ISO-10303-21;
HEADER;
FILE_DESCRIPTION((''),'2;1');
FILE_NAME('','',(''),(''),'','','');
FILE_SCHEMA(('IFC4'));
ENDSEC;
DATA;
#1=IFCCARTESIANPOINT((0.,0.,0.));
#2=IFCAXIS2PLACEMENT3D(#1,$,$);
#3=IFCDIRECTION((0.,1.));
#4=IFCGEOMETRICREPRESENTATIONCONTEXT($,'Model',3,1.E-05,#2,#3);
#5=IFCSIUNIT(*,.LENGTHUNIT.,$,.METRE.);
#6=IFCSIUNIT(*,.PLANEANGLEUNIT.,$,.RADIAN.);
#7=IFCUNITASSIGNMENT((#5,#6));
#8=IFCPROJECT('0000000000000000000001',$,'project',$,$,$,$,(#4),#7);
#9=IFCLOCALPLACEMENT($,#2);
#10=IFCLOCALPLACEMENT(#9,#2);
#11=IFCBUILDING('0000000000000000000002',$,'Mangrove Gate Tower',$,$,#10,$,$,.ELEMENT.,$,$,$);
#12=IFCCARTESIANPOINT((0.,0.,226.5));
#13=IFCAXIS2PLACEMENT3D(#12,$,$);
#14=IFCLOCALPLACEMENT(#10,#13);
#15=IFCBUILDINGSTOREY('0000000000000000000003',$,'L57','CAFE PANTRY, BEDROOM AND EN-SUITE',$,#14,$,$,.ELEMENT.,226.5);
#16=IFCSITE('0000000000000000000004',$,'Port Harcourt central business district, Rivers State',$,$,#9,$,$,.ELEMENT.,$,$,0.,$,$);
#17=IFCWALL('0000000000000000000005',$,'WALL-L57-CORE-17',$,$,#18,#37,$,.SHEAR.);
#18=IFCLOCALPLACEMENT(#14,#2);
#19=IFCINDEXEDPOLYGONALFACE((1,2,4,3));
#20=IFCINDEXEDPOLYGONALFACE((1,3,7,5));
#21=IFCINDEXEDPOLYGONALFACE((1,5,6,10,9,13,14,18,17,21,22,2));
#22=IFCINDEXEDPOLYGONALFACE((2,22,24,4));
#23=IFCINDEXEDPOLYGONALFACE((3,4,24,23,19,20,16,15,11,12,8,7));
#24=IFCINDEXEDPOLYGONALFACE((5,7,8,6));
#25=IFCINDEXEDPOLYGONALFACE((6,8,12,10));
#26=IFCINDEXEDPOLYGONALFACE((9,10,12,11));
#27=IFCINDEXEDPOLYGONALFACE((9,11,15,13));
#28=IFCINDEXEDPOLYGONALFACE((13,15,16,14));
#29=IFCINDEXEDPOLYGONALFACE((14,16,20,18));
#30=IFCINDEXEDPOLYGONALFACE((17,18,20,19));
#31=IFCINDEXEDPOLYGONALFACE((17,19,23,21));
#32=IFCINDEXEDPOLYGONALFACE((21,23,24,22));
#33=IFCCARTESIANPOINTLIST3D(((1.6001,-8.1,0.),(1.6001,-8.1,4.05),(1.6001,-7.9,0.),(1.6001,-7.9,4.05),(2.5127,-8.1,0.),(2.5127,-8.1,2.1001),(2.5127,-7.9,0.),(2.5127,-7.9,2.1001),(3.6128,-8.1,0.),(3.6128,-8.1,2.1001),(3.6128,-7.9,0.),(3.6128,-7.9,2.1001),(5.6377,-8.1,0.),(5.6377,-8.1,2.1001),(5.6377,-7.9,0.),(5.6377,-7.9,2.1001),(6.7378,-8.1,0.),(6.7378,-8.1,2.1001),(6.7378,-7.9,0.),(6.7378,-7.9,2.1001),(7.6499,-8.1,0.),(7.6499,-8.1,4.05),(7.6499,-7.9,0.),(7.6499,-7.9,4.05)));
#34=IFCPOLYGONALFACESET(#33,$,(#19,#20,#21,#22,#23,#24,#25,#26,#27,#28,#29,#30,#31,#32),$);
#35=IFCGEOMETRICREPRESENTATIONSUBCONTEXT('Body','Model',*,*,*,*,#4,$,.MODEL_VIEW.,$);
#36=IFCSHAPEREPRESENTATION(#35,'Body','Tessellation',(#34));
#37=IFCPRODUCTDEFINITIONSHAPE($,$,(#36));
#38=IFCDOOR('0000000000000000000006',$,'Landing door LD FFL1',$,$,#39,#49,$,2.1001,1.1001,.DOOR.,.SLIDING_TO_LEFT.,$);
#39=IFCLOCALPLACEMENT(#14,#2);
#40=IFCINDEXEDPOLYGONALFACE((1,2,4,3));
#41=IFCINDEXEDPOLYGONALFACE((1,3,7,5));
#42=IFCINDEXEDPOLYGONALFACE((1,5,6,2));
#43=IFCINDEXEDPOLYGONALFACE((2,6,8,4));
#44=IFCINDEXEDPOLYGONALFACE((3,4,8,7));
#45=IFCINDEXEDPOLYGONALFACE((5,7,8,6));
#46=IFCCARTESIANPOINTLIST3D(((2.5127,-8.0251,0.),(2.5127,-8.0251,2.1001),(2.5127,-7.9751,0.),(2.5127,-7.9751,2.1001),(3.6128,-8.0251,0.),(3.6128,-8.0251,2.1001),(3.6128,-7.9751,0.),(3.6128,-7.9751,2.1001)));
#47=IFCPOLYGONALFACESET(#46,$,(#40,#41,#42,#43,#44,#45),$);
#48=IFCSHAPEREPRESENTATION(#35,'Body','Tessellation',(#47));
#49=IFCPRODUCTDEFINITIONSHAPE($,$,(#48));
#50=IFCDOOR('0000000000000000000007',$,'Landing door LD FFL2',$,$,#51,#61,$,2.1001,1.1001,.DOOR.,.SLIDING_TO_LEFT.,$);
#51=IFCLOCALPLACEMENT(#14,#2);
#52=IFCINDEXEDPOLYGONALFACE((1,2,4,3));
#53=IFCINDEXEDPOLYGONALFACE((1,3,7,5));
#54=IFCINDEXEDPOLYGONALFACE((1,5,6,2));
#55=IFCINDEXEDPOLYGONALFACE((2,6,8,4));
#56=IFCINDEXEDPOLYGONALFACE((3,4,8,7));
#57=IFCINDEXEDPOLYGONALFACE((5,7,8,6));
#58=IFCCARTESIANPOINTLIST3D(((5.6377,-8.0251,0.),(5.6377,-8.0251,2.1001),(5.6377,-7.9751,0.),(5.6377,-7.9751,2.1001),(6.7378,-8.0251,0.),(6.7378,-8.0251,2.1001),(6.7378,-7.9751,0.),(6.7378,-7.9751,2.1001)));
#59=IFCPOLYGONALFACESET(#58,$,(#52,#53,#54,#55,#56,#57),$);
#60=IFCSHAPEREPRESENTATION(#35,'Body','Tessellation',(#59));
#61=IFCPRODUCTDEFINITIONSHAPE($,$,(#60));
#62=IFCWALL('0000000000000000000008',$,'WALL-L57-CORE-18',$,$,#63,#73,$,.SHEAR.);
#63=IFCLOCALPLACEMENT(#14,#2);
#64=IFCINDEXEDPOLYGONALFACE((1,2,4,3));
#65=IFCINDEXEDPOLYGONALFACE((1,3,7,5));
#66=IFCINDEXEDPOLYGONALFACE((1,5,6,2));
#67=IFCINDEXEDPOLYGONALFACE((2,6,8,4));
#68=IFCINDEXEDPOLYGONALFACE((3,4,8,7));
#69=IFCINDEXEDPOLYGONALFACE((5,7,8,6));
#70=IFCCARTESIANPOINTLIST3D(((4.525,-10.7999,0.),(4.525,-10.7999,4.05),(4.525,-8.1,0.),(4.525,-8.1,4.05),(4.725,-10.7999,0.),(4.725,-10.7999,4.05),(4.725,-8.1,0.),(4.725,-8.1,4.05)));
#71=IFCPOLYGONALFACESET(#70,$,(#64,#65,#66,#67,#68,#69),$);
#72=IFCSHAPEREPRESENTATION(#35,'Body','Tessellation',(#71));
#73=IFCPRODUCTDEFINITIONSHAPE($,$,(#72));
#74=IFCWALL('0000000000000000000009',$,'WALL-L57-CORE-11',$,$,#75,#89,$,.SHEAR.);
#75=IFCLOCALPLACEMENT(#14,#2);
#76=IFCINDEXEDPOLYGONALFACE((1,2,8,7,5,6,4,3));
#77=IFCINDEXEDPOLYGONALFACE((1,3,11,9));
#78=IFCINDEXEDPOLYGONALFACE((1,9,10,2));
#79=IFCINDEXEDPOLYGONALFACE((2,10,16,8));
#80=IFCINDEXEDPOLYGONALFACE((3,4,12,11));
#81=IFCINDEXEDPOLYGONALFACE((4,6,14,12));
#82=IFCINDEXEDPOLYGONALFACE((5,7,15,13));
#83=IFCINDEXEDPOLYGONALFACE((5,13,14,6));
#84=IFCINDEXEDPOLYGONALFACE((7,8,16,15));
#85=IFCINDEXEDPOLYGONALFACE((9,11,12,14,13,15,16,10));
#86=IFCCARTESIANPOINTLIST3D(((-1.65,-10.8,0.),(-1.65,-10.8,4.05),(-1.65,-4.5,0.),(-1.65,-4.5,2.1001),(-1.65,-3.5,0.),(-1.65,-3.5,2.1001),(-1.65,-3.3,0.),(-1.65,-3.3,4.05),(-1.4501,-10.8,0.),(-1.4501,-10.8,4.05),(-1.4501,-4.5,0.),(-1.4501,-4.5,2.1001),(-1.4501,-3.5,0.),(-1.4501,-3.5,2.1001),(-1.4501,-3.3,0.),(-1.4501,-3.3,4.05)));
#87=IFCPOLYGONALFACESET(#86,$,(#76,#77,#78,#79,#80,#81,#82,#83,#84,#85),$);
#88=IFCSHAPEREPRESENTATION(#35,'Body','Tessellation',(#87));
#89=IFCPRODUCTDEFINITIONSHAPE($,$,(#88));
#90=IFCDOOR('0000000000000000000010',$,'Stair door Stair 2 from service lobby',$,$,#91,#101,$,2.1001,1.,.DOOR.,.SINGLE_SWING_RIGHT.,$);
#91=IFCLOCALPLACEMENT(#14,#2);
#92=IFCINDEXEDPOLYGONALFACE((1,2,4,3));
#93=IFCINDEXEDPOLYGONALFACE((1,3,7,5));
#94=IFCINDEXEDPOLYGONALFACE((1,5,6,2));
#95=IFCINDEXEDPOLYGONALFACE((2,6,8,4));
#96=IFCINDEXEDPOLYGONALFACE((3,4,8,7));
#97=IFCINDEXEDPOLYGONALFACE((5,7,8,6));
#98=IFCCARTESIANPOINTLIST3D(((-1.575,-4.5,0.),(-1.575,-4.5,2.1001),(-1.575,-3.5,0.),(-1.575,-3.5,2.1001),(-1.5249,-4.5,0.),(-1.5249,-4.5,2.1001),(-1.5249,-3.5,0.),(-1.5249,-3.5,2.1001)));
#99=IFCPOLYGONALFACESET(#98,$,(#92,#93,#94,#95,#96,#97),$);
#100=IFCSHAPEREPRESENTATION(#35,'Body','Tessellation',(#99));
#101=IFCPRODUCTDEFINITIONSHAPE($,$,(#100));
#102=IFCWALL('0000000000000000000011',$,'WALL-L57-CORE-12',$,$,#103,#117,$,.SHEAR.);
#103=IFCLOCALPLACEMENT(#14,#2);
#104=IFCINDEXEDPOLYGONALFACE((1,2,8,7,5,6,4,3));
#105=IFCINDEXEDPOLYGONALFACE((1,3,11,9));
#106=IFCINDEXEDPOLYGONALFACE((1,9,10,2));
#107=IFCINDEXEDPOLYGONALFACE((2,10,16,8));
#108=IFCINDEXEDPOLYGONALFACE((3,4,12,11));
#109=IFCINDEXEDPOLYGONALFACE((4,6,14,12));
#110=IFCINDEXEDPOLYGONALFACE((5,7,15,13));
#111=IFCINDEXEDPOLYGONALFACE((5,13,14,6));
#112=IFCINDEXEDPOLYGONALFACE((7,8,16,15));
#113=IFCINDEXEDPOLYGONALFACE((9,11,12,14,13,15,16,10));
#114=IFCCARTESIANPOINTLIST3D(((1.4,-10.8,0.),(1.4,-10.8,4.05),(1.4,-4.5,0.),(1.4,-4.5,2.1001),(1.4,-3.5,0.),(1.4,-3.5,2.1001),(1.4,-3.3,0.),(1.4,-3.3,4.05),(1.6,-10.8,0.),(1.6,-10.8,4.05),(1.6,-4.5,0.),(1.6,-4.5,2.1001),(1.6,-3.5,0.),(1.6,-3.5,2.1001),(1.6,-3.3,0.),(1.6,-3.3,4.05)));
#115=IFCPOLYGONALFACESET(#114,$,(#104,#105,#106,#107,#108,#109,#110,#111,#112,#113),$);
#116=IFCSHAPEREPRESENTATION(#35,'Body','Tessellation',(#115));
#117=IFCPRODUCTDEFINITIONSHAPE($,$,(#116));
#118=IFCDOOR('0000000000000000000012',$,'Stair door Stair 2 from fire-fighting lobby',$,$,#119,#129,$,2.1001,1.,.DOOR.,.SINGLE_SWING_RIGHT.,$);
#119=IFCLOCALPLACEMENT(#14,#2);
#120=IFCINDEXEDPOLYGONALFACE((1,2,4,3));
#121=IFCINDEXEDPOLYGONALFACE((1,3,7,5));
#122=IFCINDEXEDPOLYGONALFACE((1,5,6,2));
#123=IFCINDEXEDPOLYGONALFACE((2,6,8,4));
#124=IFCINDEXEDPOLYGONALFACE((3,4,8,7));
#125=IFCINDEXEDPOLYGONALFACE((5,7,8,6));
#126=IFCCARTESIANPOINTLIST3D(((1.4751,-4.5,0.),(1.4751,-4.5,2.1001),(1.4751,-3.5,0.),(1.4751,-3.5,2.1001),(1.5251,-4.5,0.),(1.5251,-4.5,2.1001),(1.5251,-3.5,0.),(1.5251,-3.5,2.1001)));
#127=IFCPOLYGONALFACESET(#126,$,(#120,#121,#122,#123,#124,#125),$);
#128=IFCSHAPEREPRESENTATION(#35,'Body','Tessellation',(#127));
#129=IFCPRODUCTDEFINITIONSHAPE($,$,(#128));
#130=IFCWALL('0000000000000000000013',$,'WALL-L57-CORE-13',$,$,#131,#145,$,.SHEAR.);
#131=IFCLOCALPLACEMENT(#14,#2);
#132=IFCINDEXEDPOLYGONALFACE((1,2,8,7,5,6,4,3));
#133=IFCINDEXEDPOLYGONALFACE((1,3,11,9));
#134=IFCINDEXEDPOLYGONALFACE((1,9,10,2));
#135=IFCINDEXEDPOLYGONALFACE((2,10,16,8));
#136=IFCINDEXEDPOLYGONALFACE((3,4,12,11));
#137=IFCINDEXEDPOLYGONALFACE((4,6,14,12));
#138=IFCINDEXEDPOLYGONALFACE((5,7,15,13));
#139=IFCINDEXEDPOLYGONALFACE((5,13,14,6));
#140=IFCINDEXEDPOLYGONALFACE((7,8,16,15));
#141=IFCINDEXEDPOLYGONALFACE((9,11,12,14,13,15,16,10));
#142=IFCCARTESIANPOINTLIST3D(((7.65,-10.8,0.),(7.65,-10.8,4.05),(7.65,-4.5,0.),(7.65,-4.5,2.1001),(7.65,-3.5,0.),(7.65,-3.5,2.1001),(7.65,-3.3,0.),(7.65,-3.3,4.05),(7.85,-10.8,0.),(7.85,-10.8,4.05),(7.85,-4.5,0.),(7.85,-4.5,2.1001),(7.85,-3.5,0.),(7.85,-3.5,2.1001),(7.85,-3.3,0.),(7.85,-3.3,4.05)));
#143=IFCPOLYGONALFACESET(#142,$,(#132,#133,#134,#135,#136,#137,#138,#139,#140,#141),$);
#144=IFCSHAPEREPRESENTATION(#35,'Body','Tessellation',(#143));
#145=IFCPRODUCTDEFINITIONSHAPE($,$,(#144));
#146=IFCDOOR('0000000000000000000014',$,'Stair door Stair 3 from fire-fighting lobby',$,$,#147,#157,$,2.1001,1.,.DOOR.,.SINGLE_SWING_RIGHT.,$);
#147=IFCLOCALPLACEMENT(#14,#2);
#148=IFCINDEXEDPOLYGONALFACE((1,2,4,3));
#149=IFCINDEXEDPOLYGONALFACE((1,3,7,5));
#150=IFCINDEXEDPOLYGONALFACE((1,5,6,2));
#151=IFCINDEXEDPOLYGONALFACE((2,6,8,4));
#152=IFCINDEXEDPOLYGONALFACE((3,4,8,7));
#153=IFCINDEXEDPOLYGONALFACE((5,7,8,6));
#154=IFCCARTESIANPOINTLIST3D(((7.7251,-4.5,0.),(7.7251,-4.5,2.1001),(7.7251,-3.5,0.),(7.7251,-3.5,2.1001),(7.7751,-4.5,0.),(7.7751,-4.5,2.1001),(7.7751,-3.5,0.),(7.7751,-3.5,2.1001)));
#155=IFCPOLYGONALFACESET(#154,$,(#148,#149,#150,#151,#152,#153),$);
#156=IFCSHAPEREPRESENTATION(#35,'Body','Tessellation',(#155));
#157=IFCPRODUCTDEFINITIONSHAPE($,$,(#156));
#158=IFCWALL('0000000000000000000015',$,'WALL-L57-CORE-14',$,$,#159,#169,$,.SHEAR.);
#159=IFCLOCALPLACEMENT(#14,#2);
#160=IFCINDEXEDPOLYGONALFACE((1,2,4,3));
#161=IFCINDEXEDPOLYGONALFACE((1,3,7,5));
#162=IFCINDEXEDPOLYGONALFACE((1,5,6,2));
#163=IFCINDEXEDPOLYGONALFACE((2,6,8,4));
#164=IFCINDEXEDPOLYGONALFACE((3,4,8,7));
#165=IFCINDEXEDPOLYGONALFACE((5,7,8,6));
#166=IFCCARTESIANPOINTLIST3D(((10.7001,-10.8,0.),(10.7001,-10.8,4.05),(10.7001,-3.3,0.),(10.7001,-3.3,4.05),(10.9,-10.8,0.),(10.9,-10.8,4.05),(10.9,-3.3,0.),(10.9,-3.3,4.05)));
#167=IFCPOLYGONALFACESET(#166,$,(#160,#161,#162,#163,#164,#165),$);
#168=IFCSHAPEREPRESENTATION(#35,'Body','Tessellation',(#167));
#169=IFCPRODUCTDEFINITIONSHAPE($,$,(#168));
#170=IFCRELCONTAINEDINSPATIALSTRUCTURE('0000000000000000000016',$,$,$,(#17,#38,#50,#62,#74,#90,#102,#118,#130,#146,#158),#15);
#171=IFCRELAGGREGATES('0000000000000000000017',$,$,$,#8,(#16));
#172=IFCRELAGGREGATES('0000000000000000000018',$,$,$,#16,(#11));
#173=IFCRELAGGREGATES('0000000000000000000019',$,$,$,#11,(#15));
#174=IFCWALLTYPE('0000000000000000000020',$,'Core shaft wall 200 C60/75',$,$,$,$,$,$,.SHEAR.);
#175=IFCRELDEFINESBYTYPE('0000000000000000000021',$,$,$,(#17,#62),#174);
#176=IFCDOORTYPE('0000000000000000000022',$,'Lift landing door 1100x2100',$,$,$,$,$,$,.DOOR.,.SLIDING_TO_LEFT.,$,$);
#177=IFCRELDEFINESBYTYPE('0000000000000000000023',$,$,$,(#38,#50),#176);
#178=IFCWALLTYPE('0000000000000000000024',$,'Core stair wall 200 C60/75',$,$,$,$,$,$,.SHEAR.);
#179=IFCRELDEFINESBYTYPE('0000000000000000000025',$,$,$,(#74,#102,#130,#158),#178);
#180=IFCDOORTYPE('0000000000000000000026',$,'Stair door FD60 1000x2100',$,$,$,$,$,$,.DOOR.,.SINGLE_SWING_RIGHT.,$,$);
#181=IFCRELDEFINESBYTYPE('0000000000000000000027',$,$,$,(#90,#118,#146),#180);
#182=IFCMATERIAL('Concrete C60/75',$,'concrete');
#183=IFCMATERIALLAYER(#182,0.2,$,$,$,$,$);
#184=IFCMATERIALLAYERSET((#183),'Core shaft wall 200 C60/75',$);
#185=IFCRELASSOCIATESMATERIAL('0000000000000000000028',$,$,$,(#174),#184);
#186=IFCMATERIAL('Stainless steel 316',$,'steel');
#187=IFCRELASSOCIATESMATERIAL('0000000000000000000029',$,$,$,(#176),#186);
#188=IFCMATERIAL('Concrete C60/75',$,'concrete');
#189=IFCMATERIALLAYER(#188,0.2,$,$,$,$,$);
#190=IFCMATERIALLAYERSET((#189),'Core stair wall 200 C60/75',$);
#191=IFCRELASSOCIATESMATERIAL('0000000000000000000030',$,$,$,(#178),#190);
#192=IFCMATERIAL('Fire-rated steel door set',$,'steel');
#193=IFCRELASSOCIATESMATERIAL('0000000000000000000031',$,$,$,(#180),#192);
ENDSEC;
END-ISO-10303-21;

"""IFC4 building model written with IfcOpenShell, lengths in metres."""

from ifc_helpers import new_model, si_unit, direction, frame, frame_2d, origin, place, context, subcontext, project, spatial, rectangle, extrude, material, layer, layer_set, type_object, element, fill, save


model = new_model("IFC4")

# Units and contexts
model_context = context("Model", 3, precision=1e-05, world=origin(), true_north=direction((0.0, 1.0)))
body_context = subcontext(model_context, "Body", "Model", "MODEL_VIEW")
ifc_project = project(units=[si_unit("LENGTHUNIT", "METRE"), si_unit("PLANEANGLEUNIT", "RADIAN")], contexts=[model_context])

# Site, building, storey
site_placement = place(None, origin())
site = spatial("IfcSite", under=ifc_project, at=site_placement, Name="Port Harcourt central business district, Rivers State", CompositionType="ELEMENT", RefElevation=0.0)
building_placement = place(site_placement, origin())
building = spatial("IfcBuilding", under=site, at=building_placement, Name="Mangrove Gate Tower", CompositionType="ELEMENT")
storey_placement = place(building_placement, frame((0.0, 0.0, 226.5)))
storey = spatial("IfcBuildingStorey", under=building, at=storey_placement, Name="L57", Description="CAFE PANTRY, BEDROOM AND EN-SUITE", CompositionType="ELEMENT", Elevation=226.5)

# Wall, openings, doors
ifc_material_1 = material(Name="Concrete C60/75", Category="concrete")
ifc_layer_1 = layer(ifc_material_1, 0.2)
ifc_layer_set_1 = layer_set([ifc_layer_1], Name="Core shaft wall 200 C60/75")
wall_type_1 = type_object("IfcWallType", Name="Core shaft wall 200 C60/75", PredefinedType="SHEAR", material=ifc_layer_set_1)
wall_1_placement = place(storey_placement, frame((1.6001, -8.0, 0.0), z_axis=(0.0, 0.0, 1.0), x_axis=(1.0, 0.0, 0.0)))
wall_1 = element("IfcWall", 1, at=wall_1_placement, inside=storey, type_object=wall_type_1, Name="WALL-L57-CORE-17", PredefinedType="SHEAR", context=body_context, shape_type="SweptSolid", body=[
    extrude(rectangle(XDim=6.0498, YDim=0.2, at=frame_2d((3.0249, 0.0))), origin(), (0.0, 0.0, 1.0), 4.05),
])
opening_1_placement = place(wall_1_placement, frame((0.9126, 0.0, 0.0)))
opening_1 = element("IfcOpeningElement", 2, at=opening_1_placement, cuts=wall_1, PredefinedType="OPENING", context=body_context, shape_type="SweptSolid", body=[
    extrude(rectangle(XDim=1.1001, YDim=2.1001, at=frame_2d((0.55, 1.05))), frame((0.0, 0.1099, 0.0), z_axis=(0.0, -1.0, 0.0), x_axis=(1.0, 0.0, 0.0)), (0.0, 0.0, 1.0), 0.22),
])
opening_2_placement = place(wall_1_placement, frame((4.0376, 0.0, 0.0)))
opening_2 = element("IfcOpeningElement", 3, at=opening_2_placement, cuts=wall_1, PredefinedType="OPENING", context=body_context, shape_type="SweptSolid", body=[
    extrude(rectangle(XDim=1.1001, YDim=2.1001, at=frame_2d((0.55, 1.05))), frame((0.0, 0.1099, 0.0), z_axis=(0.0, -1.0, 0.0), x_axis=(1.0, 0.0, 0.0)), (0.0, 0.0, 1.0), 0.22),
])
ifc_material_2 = material(Name="Stainless steel 316", Category="steel")
door_type_1 = type_object("IfcDoorType", Name="Lift landing door 1100x2100", OperationType="SLIDING_TO_LEFT", PredefinedType="DOOR", material=ifc_material_2)
door_1_placement = place(opening_1_placement, origin())
door_1 = element("IfcDoor", 4, at=door_1_placement, inside=storey, type_object=door_type_1, Name="Landing door LD FFL1", OperationType="SLIDING_TO_LEFT", OverallHeight=2.1001, OverallWidth=1.1001, PredefinedType="DOOR", context=body_context, shape_type="SweptSolid", body=[
    extrude(rectangle(XDim=1.1001, YDim=2.1001, at=frame_2d((0.55, 1.05))), frame((0.0, 0.0249, 0.0), z_axis=(0.0, -1.0, 0.0), x_axis=(1.0, 0.0, 0.0)), (0.0, 0.0, 1.0), 0.05),
])
fill(opening_1, door_1)
door_2_placement = place(opening_2_placement, origin())
door_2 = element("IfcDoor", 5, at=door_2_placement, inside=storey, type_object=door_type_1, Name="Landing door LD FFL2", OperationType="SLIDING_TO_LEFT", OverallHeight=2.1001, OverallWidth=1.1001, PredefinedType="DOOR", context=body_context, shape_type="SweptSolid", body=[
    extrude(rectangle(XDim=1.1001, YDim=2.1001, at=frame_2d((0.55, 1.05))), frame((0.0, 0.0249, 0.0), z_axis=(0.0, -1.0, 0.0), x_axis=(1.0, 0.0, 0.0)), (0.0, 0.0, 1.0), 0.05),
])
fill(opening_2, door_2)

# Wall
wall_2_placement = place(storey_placement, frame((4.625, -10.8, 0.0), z_axis=(0.0, 0.0, 1.0), x_axis=(0.0, 1.0, 0.0)))
element("IfcWall", 6, at=wall_2_placement, inside=storey, type_object=wall_type_1, Name="WALL-L57-CORE-18", PredefinedType="SHEAR", context=body_context, shape_type="SweptSolid", body=[
    extrude(rectangle(XDim=2.7, YDim=0.2, at=frame_2d((1.3501, 0.0))), origin(), (0.0, 0.0, 1.0), 4.05),
])

# Walls, openings, doors
ifc_material_3 = material(Name="Concrete C60/75", Category="concrete")
ifc_layer_2 = layer(ifc_material_3, 0.2)
ifc_layer_set_2 = layer_set([ifc_layer_2], Name="Core stair wall 200 C60/75")
wall_type_2 = type_object("IfcWallType", Name="Core stair wall 200 C60/75", PredefinedType="SHEAR", material=ifc_layer_set_2)
wall_3_placement = place(storey_placement, frame((-1.55, -10.8, 0.0), z_axis=(0.0, 0.0, 1.0), x_axis=(0.0, 1.0, 0.0)))
wall_3 = element("IfcWall", 7, at=wall_3_placement, inside=storey, type_object=wall_type_2, Name="WALL-L57-CORE-11", PredefinedType="SHEAR", context=body_context, shape_type="SweptSolid", body=[
    extrude(rectangle(XDim=7.5, YDim=0.2, at=frame_2d((3.75, 0.0))), origin(), (0.0, 0.0, 1.0), 4.05),
])
opening_3_placement = place(wall_3_placement, frame((6.3, 0.0, 0.0)))
opening_3 = element("IfcOpeningElement", 8, at=opening_3_placement, cuts=wall_3, PredefinedType="OPENING", context=body_context, shape_type="SweptSolid", body=[
    extrude(rectangle(XDim=1.0, YDim=2.1001, at=frame_2d((0.5, 1.05))), frame((0.0, 0.1099, 0.0), z_axis=(0.0, -1.0, 0.0), x_axis=(1.0, 0.0, 0.0)), (0.0, 0.0, 1.0), 0.22),
])
ifc_material_4 = material(Name="Fire-rated steel door set", Category="steel")
door_type_2 = type_object("IfcDoorType", Name="Stair door FD60 1000x2100", OperationType="SINGLE_SWING_RIGHT", PredefinedType="DOOR", material=ifc_material_4)
door_3_placement = place(opening_3_placement, origin())
door_3 = element("IfcDoor", 9, at=door_3_placement, inside=storey, type_object=door_type_2, Name="Stair door Stair 2 from service lobby", OperationType="SINGLE_SWING_RIGHT", OverallHeight=2.1001, OverallWidth=1.0, PredefinedType="DOOR", context=body_context, shape_type="SweptSolid", body=[
    extrude(rectangle(XDim=1.0, YDim=2.1001, at=frame_2d((0.5, 1.05))), frame((0.0, 0.0249, 0.0), z_axis=(0.0, -1.0, 0.0), x_axis=(1.0, 0.0, 0.0)), (0.0, 0.0, 1.0), 0.05),
])
fill(opening_3, door_3)
wall_4_placement = place(storey_placement, frame((1.5, -10.8, 0.0), z_axis=(0.0, 0.0, 1.0), x_axis=(0.0, 1.0, 0.0)))
wall_4 = element("IfcWall", 10, at=wall_4_placement, inside=storey, type_object=wall_type_2, Name="WALL-L57-CORE-12", PredefinedType="SHEAR", context=body_context, shape_type="SweptSolid", body=[
    extrude(rectangle(XDim=7.5, YDim=0.2, at=frame_2d((3.75, 0.0))), origin(), (0.0, 0.0, 1.0), 4.05),
])
opening_4_placement = place(wall_4_placement, frame((6.3, 0.0, 0.0)))
opening_4 = element("IfcOpeningElement", 11, at=opening_4_placement, cuts=wall_4, PredefinedType="OPENING", context=body_context, shape_type="SweptSolid", body=[
    extrude(rectangle(XDim=1.0, YDim=2.1001, at=frame_2d((0.5, 1.05))), frame((0.0, 0.1099, 0.0), z_axis=(0.0, -1.0, 0.0), x_axis=(1.0, 0.0, 0.0)), (0.0, 0.0, 1.0), 0.22),
])
door_4_placement = place(opening_4_placement, origin())
door_4 = element("IfcDoor", 12, at=door_4_placement, inside=storey, type_object=door_type_2, Name="Stair door Stair 2 from fire-fighting lobby", OperationType="SINGLE_SWING_RIGHT", OverallHeight=2.1001, OverallWidth=1.0, PredefinedType="DOOR", context=body_context, shape_type="SweptSolid", body=[
    extrude(rectangle(XDim=1.0, YDim=2.1001, at=frame_2d((0.5, 1.05))), frame((0.0, 0.0249, 0.0), z_axis=(0.0, -1.0, 0.0), x_axis=(1.0, 0.0, 0.0)), (0.0, 0.0, 1.0), 0.05),
])
fill(opening_4, door_4)
wall_5_placement = place(storey_placement, frame((7.75, -10.8, 0.0), z_axis=(0.0, 0.0, 1.0), x_axis=(0.0, 1.0, 0.0)))
wall_5 = element("IfcWall", 13, at=wall_5_placement, inside=storey, type_object=wall_type_2, Name="WALL-L57-CORE-13", PredefinedType="SHEAR", context=body_context, shape_type="SweptSolid", body=[
    extrude(rectangle(XDim=7.5, YDim=0.2, at=frame_2d((3.75, 0.0))), origin(), (0.0, 0.0, 1.0), 4.05),
])
opening_5_placement = place(wall_5_placement, frame((6.3, 0.0, 0.0)))
opening_5 = element("IfcOpeningElement", 14, at=opening_5_placement, cuts=wall_5, PredefinedType="OPENING", context=body_context, shape_type="SweptSolid", body=[
    extrude(rectangle(XDim=1.0, YDim=2.1001, at=frame_2d((0.5, 1.05))), frame((0.0, 0.1099, 0.0), z_axis=(0.0, -1.0, 0.0), x_axis=(1.0, 0.0, 0.0)), (0.0, 0.0, 1.0), 0.22),
])
door_5_placement = place(opening_5_placement, origin())
door_5 = element("IfcDoor", 15, at=door_5_placement, inside=storey, type_object=door_type_2, Name="Stair door Stair 3 from fire-fighting lobby", OperationType="SINGLE_SWING_RIGHT", OverallHeight=2.1001, OverallWidth=1.0, PredefinedType="DOOR", context=body_context, shape_type="SweptSolid", body=[
    extrude(rectangle(XDim=1.0, YDim=2.1001, at=frame_2d((0.5, 1.05))), frame((0.0, 0.0249, 0.0), z_axis=(0.0, -1.0, 0.0), x_axis=(1.0, 0.0, 0.0)), (0.0, 0.0, 1.0), 0.05),
])
fill(opening_5, door_5)

# Wall
wall_6_placement = place(storey_placement, frame((10.8, -10.8, 0.0), z_axis=(0.0, 0.0, 1.0), x_axis=(0.0, 1.0, 0.0)))
element("IfcWall", 16, at=wall_6_placement, inside=storey, type_object=wall_type_2, Name="WALL-L57-CORE-14", PredefinedType="SHEAR", context=body_context, shape_type="SweptSolid", body=[
    extrude(rectangle(XDim=7.5, YDim=0.2, at=frame_2d((3.75, 0.0))), origin(), (0.0, 0.0, 1.0), 4.05),
])

save(model, "model.ifc")
